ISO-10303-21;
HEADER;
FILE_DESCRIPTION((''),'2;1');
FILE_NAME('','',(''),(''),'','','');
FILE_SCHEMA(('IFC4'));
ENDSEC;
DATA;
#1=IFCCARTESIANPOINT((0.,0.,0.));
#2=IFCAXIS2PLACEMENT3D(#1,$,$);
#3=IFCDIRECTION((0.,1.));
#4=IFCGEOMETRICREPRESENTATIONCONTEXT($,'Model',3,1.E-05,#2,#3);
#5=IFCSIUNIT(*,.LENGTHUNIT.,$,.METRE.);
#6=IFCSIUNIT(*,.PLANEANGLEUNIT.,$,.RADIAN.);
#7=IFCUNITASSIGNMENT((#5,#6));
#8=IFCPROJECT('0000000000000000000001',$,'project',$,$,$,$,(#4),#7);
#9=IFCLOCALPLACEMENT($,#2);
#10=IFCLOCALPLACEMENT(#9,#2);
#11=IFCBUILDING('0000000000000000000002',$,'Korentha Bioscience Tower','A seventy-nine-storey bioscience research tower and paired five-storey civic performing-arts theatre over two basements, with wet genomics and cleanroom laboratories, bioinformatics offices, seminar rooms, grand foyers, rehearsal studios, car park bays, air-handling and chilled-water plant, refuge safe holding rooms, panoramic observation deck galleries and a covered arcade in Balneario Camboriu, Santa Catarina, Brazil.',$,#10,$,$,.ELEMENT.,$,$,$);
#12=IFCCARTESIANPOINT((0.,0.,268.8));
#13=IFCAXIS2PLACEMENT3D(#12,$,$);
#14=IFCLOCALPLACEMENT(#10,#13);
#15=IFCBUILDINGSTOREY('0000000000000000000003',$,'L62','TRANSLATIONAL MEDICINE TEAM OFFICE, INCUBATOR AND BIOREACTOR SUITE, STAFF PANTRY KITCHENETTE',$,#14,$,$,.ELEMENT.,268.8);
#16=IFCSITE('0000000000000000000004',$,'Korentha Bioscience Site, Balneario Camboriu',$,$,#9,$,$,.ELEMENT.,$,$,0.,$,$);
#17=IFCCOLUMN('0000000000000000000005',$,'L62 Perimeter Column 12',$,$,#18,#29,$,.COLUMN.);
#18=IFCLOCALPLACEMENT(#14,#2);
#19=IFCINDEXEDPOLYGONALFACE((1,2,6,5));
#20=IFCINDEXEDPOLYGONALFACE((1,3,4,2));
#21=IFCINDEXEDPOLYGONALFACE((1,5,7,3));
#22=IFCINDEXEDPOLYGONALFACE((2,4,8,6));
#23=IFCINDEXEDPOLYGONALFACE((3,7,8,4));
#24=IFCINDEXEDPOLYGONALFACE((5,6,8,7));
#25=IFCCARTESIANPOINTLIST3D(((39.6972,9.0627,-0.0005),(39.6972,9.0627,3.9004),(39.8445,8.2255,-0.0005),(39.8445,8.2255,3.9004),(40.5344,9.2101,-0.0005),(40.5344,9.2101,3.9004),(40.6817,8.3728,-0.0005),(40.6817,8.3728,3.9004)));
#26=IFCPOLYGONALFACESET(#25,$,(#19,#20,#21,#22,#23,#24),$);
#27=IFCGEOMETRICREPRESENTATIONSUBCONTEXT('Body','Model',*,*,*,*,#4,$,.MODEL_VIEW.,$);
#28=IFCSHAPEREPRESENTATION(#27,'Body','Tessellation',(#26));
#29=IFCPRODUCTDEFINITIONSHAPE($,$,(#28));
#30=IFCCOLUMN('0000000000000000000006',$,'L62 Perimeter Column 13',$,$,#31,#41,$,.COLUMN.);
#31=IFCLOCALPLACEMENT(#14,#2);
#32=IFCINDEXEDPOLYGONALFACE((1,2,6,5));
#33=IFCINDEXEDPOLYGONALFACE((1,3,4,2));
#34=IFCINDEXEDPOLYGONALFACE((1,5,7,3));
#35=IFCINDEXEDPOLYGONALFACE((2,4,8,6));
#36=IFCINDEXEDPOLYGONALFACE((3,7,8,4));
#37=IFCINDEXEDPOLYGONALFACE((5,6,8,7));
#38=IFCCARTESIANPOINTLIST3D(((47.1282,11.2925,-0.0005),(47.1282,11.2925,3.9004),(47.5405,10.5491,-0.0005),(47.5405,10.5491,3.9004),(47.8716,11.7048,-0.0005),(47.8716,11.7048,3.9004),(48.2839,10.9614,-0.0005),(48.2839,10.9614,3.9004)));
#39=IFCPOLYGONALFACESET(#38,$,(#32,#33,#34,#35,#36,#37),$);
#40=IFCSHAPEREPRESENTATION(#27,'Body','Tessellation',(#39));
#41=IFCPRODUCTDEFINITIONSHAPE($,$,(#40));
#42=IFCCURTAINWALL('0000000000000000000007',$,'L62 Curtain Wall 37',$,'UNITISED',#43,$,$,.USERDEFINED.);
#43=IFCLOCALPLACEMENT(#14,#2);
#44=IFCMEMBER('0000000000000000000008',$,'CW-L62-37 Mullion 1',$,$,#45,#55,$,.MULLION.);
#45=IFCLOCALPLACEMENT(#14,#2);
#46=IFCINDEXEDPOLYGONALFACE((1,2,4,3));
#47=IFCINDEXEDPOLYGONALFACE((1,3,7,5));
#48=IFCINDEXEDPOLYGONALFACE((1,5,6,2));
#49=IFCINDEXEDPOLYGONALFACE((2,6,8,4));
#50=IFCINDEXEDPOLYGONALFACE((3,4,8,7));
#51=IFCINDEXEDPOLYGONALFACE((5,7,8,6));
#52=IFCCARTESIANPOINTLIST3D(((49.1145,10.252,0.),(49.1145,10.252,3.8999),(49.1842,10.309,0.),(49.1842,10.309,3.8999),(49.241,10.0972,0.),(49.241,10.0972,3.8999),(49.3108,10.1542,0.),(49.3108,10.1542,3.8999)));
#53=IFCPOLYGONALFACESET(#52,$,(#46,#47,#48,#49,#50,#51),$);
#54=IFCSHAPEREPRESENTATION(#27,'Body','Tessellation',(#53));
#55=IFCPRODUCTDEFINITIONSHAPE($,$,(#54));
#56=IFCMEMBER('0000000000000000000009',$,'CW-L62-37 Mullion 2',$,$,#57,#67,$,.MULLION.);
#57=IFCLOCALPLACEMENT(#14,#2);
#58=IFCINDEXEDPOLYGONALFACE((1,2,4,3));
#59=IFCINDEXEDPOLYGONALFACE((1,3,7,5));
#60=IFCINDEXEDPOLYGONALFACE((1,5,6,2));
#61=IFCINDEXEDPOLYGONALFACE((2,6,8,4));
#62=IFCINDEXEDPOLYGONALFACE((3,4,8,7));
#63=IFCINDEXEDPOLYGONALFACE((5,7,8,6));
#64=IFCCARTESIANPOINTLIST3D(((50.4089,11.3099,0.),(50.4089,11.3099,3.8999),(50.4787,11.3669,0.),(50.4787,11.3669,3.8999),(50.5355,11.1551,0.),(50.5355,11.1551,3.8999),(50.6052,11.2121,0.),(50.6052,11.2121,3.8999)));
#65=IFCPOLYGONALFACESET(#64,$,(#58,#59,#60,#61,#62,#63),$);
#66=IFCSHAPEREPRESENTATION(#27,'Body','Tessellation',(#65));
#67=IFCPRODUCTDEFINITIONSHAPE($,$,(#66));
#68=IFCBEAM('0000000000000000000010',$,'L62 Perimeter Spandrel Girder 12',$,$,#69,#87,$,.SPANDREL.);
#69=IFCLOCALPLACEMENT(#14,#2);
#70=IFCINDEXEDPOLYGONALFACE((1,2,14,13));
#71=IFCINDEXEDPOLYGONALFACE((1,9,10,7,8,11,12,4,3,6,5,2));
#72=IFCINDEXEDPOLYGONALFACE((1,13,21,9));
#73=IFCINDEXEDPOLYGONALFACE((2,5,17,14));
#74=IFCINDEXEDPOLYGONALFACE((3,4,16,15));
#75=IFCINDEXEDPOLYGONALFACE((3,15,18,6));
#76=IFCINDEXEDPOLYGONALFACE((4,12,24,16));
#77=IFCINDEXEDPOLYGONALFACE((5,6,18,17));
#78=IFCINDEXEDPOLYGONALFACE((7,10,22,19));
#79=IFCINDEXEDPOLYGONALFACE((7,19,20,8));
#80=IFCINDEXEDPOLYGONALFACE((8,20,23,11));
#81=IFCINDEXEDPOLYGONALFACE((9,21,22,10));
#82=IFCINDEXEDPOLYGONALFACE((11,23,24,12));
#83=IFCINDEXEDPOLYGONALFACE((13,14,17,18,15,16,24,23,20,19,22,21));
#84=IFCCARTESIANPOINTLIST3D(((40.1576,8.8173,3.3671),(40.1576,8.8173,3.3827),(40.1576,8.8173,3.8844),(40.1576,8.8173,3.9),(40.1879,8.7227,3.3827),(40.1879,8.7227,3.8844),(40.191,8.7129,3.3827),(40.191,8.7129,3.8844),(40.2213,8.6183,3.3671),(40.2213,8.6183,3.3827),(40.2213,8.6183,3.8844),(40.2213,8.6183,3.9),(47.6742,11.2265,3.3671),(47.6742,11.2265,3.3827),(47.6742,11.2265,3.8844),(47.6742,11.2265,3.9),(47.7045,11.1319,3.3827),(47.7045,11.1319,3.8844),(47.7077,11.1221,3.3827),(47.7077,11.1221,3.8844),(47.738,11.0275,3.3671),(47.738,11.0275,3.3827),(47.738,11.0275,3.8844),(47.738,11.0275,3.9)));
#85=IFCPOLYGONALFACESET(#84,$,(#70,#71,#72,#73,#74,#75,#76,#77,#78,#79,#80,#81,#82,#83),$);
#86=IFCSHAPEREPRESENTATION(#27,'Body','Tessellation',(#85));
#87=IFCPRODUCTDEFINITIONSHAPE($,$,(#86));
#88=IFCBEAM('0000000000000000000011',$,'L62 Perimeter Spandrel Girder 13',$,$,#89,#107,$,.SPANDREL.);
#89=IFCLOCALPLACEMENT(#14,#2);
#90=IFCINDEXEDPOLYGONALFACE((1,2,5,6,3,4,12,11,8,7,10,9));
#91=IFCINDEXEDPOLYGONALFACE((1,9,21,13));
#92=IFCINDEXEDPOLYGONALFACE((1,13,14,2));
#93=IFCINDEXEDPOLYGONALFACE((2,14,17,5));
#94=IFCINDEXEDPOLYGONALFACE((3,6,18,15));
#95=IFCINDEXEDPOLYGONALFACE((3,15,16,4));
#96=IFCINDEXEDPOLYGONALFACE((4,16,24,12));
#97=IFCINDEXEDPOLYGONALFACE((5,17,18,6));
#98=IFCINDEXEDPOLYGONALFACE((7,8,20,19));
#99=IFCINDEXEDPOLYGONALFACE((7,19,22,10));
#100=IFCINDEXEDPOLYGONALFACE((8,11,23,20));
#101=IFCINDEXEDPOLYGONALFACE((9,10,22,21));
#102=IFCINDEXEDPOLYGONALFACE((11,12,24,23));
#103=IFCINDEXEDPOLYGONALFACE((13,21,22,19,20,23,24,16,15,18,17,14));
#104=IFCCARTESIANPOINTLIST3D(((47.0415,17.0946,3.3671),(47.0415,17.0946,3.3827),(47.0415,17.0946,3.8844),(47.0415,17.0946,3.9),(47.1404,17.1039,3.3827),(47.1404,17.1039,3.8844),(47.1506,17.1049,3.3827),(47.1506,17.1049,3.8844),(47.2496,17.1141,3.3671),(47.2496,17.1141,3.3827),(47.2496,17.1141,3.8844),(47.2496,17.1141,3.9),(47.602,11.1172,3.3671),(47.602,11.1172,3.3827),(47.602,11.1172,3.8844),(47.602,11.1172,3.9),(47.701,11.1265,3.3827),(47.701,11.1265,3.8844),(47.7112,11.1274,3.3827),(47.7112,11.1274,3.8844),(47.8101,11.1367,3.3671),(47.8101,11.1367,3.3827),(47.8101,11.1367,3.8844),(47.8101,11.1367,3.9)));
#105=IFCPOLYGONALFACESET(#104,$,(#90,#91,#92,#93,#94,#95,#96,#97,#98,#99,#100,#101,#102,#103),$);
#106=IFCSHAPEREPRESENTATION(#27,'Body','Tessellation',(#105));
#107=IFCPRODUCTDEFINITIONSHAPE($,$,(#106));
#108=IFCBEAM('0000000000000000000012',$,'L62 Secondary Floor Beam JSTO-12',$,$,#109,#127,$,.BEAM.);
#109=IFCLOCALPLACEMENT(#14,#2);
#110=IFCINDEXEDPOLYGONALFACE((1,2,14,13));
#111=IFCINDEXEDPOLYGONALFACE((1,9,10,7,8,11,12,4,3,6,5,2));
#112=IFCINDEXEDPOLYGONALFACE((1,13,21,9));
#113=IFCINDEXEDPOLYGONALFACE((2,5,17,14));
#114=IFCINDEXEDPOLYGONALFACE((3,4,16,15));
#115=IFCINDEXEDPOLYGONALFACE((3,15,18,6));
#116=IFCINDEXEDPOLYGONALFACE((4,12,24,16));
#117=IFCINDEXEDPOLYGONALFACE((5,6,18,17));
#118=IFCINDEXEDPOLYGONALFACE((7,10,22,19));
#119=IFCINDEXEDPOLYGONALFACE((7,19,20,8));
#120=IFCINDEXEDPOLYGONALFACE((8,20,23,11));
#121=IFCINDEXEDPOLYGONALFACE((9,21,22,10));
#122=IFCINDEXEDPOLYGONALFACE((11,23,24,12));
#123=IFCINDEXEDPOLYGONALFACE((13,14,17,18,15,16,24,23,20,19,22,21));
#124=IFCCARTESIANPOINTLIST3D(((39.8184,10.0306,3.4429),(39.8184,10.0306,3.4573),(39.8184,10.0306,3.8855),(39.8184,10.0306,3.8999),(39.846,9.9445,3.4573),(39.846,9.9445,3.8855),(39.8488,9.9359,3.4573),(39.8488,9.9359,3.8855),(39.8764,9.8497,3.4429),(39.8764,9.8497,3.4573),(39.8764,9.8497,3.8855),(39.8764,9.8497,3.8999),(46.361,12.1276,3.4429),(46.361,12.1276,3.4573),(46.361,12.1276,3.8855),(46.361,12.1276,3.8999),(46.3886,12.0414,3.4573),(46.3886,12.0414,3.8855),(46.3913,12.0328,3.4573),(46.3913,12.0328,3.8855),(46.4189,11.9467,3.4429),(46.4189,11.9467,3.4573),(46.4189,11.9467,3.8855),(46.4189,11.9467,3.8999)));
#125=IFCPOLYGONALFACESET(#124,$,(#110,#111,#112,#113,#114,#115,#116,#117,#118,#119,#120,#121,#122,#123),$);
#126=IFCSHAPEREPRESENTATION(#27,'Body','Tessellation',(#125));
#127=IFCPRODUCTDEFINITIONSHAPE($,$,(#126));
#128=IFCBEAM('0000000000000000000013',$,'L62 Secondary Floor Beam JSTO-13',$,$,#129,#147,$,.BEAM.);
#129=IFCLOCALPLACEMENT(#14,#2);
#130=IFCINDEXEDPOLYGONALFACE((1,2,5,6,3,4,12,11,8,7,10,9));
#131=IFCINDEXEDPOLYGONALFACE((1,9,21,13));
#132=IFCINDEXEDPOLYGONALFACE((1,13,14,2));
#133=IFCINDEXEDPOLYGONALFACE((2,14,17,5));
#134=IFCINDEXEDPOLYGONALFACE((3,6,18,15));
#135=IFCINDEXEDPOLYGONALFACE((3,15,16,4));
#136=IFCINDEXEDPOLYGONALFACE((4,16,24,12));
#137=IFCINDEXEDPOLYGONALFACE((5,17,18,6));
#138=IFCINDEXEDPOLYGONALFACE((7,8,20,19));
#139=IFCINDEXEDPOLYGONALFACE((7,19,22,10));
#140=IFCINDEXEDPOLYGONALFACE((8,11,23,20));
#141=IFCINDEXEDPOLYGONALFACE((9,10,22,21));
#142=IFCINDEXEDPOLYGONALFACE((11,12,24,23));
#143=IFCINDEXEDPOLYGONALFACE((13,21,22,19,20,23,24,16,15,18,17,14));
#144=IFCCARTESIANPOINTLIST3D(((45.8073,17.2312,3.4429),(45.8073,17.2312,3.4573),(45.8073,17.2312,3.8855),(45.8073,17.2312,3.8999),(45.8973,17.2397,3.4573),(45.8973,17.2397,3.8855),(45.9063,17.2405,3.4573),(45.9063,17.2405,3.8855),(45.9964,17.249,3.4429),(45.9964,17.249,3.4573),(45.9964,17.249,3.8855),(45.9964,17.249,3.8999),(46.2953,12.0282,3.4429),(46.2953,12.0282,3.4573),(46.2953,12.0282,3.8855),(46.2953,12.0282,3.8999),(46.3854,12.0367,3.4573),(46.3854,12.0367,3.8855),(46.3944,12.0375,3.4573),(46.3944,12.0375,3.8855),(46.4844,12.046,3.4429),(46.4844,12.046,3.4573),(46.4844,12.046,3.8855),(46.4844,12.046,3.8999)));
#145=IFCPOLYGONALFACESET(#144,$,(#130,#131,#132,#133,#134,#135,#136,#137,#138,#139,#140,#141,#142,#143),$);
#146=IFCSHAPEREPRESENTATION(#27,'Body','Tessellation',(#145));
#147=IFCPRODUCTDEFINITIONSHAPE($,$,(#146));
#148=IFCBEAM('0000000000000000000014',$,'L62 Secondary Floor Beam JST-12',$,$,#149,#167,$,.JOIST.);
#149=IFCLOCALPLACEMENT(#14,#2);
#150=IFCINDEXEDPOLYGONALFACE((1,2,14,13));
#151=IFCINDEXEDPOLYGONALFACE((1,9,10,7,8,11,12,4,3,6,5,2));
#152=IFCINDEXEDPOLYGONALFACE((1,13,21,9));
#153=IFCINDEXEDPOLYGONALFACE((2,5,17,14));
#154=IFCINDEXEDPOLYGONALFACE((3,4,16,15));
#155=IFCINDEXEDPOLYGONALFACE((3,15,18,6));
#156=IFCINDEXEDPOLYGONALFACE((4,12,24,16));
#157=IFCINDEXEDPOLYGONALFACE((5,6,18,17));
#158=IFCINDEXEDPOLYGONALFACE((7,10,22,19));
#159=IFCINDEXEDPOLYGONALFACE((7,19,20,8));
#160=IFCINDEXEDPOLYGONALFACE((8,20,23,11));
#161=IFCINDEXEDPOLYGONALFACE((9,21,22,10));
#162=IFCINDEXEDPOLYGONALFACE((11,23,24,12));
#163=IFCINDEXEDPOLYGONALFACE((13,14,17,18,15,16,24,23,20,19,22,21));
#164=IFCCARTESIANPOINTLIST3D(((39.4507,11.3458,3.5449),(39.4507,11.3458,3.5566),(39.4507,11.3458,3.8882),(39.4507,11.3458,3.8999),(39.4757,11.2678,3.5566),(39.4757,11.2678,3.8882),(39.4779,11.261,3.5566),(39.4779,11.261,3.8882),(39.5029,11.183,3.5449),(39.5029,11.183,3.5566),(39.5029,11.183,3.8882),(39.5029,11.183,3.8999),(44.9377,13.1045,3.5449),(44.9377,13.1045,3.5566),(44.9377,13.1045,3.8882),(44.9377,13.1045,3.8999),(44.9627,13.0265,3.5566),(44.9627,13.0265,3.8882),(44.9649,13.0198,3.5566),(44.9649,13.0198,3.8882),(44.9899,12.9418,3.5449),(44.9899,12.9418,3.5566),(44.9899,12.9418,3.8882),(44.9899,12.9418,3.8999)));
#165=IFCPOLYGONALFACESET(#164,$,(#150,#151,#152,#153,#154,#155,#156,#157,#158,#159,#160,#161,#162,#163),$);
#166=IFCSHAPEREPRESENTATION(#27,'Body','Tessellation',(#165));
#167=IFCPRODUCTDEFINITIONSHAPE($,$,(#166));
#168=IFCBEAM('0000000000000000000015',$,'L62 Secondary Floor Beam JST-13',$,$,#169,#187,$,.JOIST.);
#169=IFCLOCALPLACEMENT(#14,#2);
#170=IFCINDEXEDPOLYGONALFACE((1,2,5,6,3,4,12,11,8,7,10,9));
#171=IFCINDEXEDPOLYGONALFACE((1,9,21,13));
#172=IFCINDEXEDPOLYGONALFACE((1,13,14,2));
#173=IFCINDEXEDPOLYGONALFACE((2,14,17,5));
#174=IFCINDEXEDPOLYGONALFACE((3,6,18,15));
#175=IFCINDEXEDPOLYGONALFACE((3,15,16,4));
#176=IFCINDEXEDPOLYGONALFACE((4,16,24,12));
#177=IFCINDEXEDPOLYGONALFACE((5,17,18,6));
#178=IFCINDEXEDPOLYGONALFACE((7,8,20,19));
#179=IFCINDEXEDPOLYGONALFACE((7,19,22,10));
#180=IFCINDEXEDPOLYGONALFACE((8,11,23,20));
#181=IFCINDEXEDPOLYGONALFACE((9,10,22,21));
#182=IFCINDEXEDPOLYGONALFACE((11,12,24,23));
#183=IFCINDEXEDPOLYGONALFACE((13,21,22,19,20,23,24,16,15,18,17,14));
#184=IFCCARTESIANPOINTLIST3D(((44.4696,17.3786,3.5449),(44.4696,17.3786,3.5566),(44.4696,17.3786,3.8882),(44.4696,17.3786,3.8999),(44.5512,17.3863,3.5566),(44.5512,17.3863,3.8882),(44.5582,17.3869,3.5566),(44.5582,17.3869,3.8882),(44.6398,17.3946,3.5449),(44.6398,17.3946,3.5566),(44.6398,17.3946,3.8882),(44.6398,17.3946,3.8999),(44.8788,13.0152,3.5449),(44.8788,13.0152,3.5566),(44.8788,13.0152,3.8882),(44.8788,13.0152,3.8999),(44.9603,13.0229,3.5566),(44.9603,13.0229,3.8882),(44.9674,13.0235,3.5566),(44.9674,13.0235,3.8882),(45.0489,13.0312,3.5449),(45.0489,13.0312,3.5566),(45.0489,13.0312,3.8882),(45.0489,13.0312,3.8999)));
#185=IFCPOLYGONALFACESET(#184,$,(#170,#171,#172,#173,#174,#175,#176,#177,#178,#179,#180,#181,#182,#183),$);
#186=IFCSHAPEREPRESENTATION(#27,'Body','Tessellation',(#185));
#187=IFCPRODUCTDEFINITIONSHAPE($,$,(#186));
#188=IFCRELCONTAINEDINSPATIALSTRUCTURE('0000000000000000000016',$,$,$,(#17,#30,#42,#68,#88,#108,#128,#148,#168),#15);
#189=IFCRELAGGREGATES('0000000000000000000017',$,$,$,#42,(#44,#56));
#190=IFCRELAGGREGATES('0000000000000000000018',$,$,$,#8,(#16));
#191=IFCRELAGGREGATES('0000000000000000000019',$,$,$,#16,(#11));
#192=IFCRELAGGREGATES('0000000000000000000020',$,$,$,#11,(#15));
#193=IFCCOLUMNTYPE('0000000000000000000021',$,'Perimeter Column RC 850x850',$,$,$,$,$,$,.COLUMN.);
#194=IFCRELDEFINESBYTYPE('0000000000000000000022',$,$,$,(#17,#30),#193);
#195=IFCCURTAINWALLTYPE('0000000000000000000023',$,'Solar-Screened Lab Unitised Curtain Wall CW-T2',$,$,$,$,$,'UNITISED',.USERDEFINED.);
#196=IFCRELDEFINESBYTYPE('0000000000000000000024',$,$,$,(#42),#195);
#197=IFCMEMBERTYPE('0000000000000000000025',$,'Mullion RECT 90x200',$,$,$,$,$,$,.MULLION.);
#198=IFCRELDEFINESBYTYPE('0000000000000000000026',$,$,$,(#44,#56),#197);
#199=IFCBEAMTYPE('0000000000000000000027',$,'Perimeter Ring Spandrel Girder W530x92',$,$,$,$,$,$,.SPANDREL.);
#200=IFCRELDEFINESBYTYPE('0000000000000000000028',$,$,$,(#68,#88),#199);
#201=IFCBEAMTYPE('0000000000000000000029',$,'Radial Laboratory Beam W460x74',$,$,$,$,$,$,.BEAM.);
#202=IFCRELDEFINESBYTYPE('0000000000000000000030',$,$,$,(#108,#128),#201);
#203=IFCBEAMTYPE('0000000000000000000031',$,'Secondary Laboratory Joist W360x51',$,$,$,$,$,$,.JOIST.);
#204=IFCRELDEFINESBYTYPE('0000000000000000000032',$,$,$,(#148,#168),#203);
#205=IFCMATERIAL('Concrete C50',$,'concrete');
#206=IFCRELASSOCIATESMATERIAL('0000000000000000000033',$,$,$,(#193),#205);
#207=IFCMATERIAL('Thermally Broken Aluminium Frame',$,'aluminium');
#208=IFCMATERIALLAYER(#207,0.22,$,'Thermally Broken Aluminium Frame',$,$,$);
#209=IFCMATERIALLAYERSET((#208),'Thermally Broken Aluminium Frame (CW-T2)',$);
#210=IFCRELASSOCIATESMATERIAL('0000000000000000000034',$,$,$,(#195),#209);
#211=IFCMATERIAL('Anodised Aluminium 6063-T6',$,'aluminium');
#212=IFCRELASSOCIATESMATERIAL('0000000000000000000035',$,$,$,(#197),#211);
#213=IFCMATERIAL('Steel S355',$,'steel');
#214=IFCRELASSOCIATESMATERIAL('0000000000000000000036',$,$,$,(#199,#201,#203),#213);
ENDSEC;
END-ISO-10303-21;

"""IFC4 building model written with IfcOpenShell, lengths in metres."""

from ifc_helpers import new_model, si_unit, direction, frame, origin, origin_2d, place, context, subcontext, project, spatial, rectangle, i_section, extrude, material, layer, layer_set, material_profile, profile_set, type_object, element, aggregate, save


model = new_model("IFC4")

# Units and contexts
model_context = context("Model", 3, precision=1e-05, world=origin(), true_north=direction((0.0, 1.0)))
body_context = subcontext(model_context, "Body", "Model", "MODEL_VIEW")
ifc_project = project(units=[si_unit("LENGTHUNIT", "METRE"), si_unit("PLANEANGLEUNIT", "RADIAN")], contexts=[model_context])

# Site, building, storey
site_placement = place(None, origin())
site = spatial("IfcSite", under=ifc_project, at=site_placement, Name="Korentha Bioscience Site, Balneario Camboriu", CompositionType="ELEMENT", RefElevation=0.0)
building_placement = place(site_placement, origin())
building = spatial("IfcBuilding", under=site, at=building_placement, Name="Korentha Bioscience Tower", Description="A seventy-nine-storey bioscience research tower and paired five-storey civic performing-arts theatre over two basements, with wet genomics and cleanroom laboratories, bioinformatics offices, seminar rooms, grand foyers, rehearsal studios, car park bays, air-handling and chilled-water plant, refuge safe holding rooms, panoramic observation deck galleries and a covered arcade in Balneario Camboriu, Santa Catarina, Brazil.", CompositionType="ELEMENT")
storey_placement = place(building_placement, frame((0.0, 0.0, 268.8)))
storey = spatial("IfcBuildingStorey", under=building, at=storey_placement, Name="L62", Description="TRANSLATIONAL MEDICINE TEAM OFFICE, INCUBATOR AND BIOREACTOR SUITE, STAFF PANTRY KITCHENETTE", CompositionType="ELEMENT", Elevation=268.8)

# Columns
ifc_material_1 = material(Name="Concrete C50", Category="concrete")
ifc_material_profile_1 = material_profile(ifc_material_1, rectangle(XDim=0.8501, YDim=0.8501, at=origin_2d()), Name="Concrete C50")
ifc_profile_set_1 = profile_set([ifc_material_profile_1], Name="Concrete C50 (COL-P08)")
column_type = type_object("IfcColumnType", Name="Perimeter Column RC 850x850", PredefinedType="COLUMN", material=ifc_profile_set_1)
for number, where, z_axis, x_axis, name in (
    (1, (40.1895, 8.7178, -0.0005), (0.0, 0.0, 1.0), (0.984868, 0.173304, 0.0), "L62 Perimeter Column 12"),
    (2, (47.7061, 11.127, -0.0005), (0.0, 0.0, 1.0), (0.874535, 0.484962, 0.0), "L62 Perimeter Column 13"),
):
    element("IfcColumn", number, at=place(storey_placement, frame(where, z_axis=z_axis, x_axis=x_axis)), inside=storey, type_object=column_type, Name=name, PredefinedType="COLUMN", context=body_context, shape_type="SweptSolid", body=[
        extrude(rectangle(XDim=0.8501, YDim=0.8501, at=origin_2d()), origin(), (0.0, 0.0, 1.0), 3.9009),
    ])

# Curtain wall, members
ifc_material_2 = material(Name="Thermally Broken Aluminium Frame", Category="aluminium")
ifc_layer_1 = layer(ifc_material_2, 0.22, Name="Thermally Broken Aluminium Frame")
ifc_layer_set_1 = layer_set([ifc_layer_1], Name="Thermally Broken Aluminium Frame (CW-T2)")
curtain_wall_type = type_object("IfcCurtainWallType", Name="Solar-Screened Lab Unitised Curtain Wall CW-T2", ElementType="UNITISED", PredefinedType="USERDEFINED", material=ifc_layer_set_1)
curtain_wall_placement = place(storey_placement, origin())
curtain_wall = element("IfcCurtainWall", 3, at=curtain_wall_placement, inside=storey, type_object=curtain_wall_type, Name="L62 Curtain Wall 37", ObjectType="UNITISED", PredefinedType="USERDEFINED")
ifc_material_3 = material(Name="Anodised Aluminium 6063-T6", Category="aluminium")
ifc_material_profile_2 = material_profile(ifc_material_3, rectangle(XDim=0.0901, YDim=0.2, at=origin_2d()), Name="Anodised Aluminium 6063-T6")
ifc_profile_set_2 = profile_set([ifc_material_profile_2], Name="Anodised Aluminium 6063-T6 (CW-MUL)")
member_type_1 = type_object("IfcMemberType", Name="Mullion RECT 90x200", PredefinedType="MULLION", material=ifc_profile_set_2)
member_1_placement = place(storey_placement, frame((49.2126, 10.2031, 0.0), z_axis=(0.0, 0.0, 1.0), x_axis=(0.774235, 0.632898, 0.0)))
member_1 = element("IfcMember", 4, at=member_1_placement, type_object=member_type_1, Name="CW-L62-37 Mullion 1", PredefinedType="MULLION", context=body_context, shape_type="SweptSolid", body=[
    extrude(rectangle(XDim=0.0901, YDim=0.2, at=origin_2d()), origin(), (0.0, 0.0, 1.0), 3.8999),
])
member_2_placement = place(storey_placement, frame((50.5071, 11.261, 0.0), z_axis=(0.0, 0.0, 1.0), x_axis=(0.774235, 0.632898, 0.0)))
member_2 = element("IfcMember", 5, at=member_2_placement, type_object=member_type_1, Name="CW-L62-37 Mullion 2", PredefinedType="MULLION", context=body_context, shape_type="SweptSolid", body=[
    extrude(rectangle(XDim=0.0901, YDim=0.2, at=origin_2d()), origin(), (0.0, 0.0, 1.0), 3.8999),
])

# Beams
ifc_material_4 = material(Name="Steel S355", Category="steel")
ifc_material_profile_3 = material_profile(ifc_material_4, i_section(OverallWidth=0.209, OverallDepth=0.533, WebThickness=0.0103, FlangeThickness=0.0156, at=origin_2d()), Name="Steel S355")
ifc_profile_set_3 = profile_set([ifc_material_profile_3], Name="Steel S355 (SB-530)")
beam_type_1 = type_object("IfcBeamType", Name="Perimeter Ring Spandrel Girder W530x92", PredefinedType="SPANDREL", material=ifc_profile_set_3)
beam_1_placement = place(storey_placement, frame((40.1895, 8.7178, 3.6335), z_axis=(0.952282, 0.30522, 0.0), x_axis=(-0.30522, 0.952282, 0.0)))
element("IfcBeam", 6, at=beam_1_placement, inside=storey, type_object=beam_type_1, Name="L62 Perimeter Spandrel Girder 12", PredefinedType="SPANDREL", context=body_context, shape_type="SweptSolid", body=[
    extrude(i_section(OverallWidth=0.209, OverallDepth=0.533, WebThickness=0.0103, FlangeThickness=0.0156, at=origin_2d()), origin(), (0.0, 0.0, 1.0), 7.8933),
])
beam_2_placement = place(storey_placement, frame((47.7061, 11.127, 3.6335), z_axis=(-0.093366, 0.995632, 0.0), x_axis=(-0.995632, -0.093366, 0.0)))
element("IfcBeam", 7, at=beam_2_placement, inside=storey, type_object=beam_type_1, Name="L62 Perimeter Spandrel Girder 13", PredefinedType="SPANDREL", context=body_context, shape_type="SweptSolid", body=[
    extrude(i_section(OverallWidth=0.209, OverallDepth=0.533, WebThickness=0.0103, FlangeThickness=0.0156, at=origin_2d()), origin(), (0.0, 0.0, 1.0), 6.0037),
])
ifc_material_profile_4 = material_profile(ifc_material_4, i_section(OverallWidth=0.1899, OverallDepth=0.457, WebThickness=0.009, FlangeThickness=0.0144, at=origin_2d()), Name="Steel S355")
ifc_profile_set_4 = profile_set([ifc_material_profile_4], Name="Steel S355 (RB-460)")
beam_type_2 = type_object("IfcBeamType", Name="Radial Laboratory Beam W460x74", PredefinedType="BEAM", material=ifc_profile_set_4)
beam_3_placement = place(storey_placement, frame((39.8474, 9.9402, 3.6714), z_axis=(0.952283, 0.305215, 0.0), x_axis=(-0.305215, 0.952283, 0.0)))
element("IfcBeam", 8, at=beam_3_placement, inside=storey, type_object=beam_type_2, Name="L62 Secondary Floor Beam JSTO-12", PredefinedType="BEAM", context=body_context, shape_type="SweptSolid", body=[
    extrude(i_section(OverallWidth=0.1899, OverallDepth=0.457, WebThickness=0.009, FlangeThickness=0.0144, at=origin_2d()), origin(), (0.0, 0.0, 1.0), 6.8704),
])
beam_4_placement = place(storey_placement, frame((46.3899, 12.0371, 3.6714), z_axis=(-0.093391, 0.995629, 0.0), x_axis=(-0.995629, -0.093391, 0.0)))
element("IfcBeam", 9, at=beam_4_placement, inside=storey, type_object=beam_type_2, Name="L62 Secondary Floor Beam JSTO-13", PredefinedType="BEAM", context=body_context, shape_type="SweptSolid", body=[
    extrude(i_section(OverallWidth=0.1899, OverallDepth=0.457, WebThickness=0.009, FlangeThickness=0.0144, at=origin_2d()), origin(), (0.0, 0.0, 1.0), 5.2258),
])
ifc_material_profile_5 = material_profile(ifc_material_4, i_section(OverallWidth=0.1709, OverallDepth=0.355, WebThickness=0.0071, FlangeThickness=0.0117, at=origin_2d()), Name="Steel S355")
ifc_profile_set_5 = profile_set([ifc_material_profile_5], Name="Steel S355 (JB-360)")
beam_type_3 = type_object("IfcBeamType", Name="Secondary Laboratory Joist W360x51", PredefinedType="JOIST", material=ifc_profile_set_5)
beam_5_placement = place(storey_placement, frame((39.4768, 11.2644, 3.7224), z_axis=(0.952276, 0.305237, 0.0), x_axis=(-0.305237, 0.952276, 0.0)))
element("IfcBeam", 10, at=beam_5_placement, inside=storey, type_object=beam_type_3, Name="L62 Secondary Floor Beam JST-12", PredefinedType="JOIST", context=body_context, shape_type="SweptSolid", body=[
    extrude(i_section(OverallWidth=0.1709, OverallDepth=0.355, WebThickness=0.0071, FlangeThickness=0.0117, at=origin_2d()), origin(), (0.0, 0.0, 1.0), 5.762),
])
beam_6_placement = place(storey_placement, frame((44.9639, 13.0232, 3.7224), z_axis=(-0.093363, 0.995632, 0.0), x_axis=(-0.995632, -0.093363, 0.0)))
element("IfcBeam", 11, at=beam_6_placement, inside=storey, type_object=beam_type_3, Name="L62 Secondary Floor Beam JST-13", PredefinedType="JOIST", context=body_context, shape_type="SweptSolid", body=[
    extrude(i_section(OverallWidth=0.1709, OverallDepth=0.355, WebThickness=0.0071, FlangeThickness=0.0117, at=origin_2d()), origin(), (0.0, 0.0, 1.0), 4.3826),
])

aggregate(curtain_wall, [member_1, member_2])

save(model, "model.ifc")
